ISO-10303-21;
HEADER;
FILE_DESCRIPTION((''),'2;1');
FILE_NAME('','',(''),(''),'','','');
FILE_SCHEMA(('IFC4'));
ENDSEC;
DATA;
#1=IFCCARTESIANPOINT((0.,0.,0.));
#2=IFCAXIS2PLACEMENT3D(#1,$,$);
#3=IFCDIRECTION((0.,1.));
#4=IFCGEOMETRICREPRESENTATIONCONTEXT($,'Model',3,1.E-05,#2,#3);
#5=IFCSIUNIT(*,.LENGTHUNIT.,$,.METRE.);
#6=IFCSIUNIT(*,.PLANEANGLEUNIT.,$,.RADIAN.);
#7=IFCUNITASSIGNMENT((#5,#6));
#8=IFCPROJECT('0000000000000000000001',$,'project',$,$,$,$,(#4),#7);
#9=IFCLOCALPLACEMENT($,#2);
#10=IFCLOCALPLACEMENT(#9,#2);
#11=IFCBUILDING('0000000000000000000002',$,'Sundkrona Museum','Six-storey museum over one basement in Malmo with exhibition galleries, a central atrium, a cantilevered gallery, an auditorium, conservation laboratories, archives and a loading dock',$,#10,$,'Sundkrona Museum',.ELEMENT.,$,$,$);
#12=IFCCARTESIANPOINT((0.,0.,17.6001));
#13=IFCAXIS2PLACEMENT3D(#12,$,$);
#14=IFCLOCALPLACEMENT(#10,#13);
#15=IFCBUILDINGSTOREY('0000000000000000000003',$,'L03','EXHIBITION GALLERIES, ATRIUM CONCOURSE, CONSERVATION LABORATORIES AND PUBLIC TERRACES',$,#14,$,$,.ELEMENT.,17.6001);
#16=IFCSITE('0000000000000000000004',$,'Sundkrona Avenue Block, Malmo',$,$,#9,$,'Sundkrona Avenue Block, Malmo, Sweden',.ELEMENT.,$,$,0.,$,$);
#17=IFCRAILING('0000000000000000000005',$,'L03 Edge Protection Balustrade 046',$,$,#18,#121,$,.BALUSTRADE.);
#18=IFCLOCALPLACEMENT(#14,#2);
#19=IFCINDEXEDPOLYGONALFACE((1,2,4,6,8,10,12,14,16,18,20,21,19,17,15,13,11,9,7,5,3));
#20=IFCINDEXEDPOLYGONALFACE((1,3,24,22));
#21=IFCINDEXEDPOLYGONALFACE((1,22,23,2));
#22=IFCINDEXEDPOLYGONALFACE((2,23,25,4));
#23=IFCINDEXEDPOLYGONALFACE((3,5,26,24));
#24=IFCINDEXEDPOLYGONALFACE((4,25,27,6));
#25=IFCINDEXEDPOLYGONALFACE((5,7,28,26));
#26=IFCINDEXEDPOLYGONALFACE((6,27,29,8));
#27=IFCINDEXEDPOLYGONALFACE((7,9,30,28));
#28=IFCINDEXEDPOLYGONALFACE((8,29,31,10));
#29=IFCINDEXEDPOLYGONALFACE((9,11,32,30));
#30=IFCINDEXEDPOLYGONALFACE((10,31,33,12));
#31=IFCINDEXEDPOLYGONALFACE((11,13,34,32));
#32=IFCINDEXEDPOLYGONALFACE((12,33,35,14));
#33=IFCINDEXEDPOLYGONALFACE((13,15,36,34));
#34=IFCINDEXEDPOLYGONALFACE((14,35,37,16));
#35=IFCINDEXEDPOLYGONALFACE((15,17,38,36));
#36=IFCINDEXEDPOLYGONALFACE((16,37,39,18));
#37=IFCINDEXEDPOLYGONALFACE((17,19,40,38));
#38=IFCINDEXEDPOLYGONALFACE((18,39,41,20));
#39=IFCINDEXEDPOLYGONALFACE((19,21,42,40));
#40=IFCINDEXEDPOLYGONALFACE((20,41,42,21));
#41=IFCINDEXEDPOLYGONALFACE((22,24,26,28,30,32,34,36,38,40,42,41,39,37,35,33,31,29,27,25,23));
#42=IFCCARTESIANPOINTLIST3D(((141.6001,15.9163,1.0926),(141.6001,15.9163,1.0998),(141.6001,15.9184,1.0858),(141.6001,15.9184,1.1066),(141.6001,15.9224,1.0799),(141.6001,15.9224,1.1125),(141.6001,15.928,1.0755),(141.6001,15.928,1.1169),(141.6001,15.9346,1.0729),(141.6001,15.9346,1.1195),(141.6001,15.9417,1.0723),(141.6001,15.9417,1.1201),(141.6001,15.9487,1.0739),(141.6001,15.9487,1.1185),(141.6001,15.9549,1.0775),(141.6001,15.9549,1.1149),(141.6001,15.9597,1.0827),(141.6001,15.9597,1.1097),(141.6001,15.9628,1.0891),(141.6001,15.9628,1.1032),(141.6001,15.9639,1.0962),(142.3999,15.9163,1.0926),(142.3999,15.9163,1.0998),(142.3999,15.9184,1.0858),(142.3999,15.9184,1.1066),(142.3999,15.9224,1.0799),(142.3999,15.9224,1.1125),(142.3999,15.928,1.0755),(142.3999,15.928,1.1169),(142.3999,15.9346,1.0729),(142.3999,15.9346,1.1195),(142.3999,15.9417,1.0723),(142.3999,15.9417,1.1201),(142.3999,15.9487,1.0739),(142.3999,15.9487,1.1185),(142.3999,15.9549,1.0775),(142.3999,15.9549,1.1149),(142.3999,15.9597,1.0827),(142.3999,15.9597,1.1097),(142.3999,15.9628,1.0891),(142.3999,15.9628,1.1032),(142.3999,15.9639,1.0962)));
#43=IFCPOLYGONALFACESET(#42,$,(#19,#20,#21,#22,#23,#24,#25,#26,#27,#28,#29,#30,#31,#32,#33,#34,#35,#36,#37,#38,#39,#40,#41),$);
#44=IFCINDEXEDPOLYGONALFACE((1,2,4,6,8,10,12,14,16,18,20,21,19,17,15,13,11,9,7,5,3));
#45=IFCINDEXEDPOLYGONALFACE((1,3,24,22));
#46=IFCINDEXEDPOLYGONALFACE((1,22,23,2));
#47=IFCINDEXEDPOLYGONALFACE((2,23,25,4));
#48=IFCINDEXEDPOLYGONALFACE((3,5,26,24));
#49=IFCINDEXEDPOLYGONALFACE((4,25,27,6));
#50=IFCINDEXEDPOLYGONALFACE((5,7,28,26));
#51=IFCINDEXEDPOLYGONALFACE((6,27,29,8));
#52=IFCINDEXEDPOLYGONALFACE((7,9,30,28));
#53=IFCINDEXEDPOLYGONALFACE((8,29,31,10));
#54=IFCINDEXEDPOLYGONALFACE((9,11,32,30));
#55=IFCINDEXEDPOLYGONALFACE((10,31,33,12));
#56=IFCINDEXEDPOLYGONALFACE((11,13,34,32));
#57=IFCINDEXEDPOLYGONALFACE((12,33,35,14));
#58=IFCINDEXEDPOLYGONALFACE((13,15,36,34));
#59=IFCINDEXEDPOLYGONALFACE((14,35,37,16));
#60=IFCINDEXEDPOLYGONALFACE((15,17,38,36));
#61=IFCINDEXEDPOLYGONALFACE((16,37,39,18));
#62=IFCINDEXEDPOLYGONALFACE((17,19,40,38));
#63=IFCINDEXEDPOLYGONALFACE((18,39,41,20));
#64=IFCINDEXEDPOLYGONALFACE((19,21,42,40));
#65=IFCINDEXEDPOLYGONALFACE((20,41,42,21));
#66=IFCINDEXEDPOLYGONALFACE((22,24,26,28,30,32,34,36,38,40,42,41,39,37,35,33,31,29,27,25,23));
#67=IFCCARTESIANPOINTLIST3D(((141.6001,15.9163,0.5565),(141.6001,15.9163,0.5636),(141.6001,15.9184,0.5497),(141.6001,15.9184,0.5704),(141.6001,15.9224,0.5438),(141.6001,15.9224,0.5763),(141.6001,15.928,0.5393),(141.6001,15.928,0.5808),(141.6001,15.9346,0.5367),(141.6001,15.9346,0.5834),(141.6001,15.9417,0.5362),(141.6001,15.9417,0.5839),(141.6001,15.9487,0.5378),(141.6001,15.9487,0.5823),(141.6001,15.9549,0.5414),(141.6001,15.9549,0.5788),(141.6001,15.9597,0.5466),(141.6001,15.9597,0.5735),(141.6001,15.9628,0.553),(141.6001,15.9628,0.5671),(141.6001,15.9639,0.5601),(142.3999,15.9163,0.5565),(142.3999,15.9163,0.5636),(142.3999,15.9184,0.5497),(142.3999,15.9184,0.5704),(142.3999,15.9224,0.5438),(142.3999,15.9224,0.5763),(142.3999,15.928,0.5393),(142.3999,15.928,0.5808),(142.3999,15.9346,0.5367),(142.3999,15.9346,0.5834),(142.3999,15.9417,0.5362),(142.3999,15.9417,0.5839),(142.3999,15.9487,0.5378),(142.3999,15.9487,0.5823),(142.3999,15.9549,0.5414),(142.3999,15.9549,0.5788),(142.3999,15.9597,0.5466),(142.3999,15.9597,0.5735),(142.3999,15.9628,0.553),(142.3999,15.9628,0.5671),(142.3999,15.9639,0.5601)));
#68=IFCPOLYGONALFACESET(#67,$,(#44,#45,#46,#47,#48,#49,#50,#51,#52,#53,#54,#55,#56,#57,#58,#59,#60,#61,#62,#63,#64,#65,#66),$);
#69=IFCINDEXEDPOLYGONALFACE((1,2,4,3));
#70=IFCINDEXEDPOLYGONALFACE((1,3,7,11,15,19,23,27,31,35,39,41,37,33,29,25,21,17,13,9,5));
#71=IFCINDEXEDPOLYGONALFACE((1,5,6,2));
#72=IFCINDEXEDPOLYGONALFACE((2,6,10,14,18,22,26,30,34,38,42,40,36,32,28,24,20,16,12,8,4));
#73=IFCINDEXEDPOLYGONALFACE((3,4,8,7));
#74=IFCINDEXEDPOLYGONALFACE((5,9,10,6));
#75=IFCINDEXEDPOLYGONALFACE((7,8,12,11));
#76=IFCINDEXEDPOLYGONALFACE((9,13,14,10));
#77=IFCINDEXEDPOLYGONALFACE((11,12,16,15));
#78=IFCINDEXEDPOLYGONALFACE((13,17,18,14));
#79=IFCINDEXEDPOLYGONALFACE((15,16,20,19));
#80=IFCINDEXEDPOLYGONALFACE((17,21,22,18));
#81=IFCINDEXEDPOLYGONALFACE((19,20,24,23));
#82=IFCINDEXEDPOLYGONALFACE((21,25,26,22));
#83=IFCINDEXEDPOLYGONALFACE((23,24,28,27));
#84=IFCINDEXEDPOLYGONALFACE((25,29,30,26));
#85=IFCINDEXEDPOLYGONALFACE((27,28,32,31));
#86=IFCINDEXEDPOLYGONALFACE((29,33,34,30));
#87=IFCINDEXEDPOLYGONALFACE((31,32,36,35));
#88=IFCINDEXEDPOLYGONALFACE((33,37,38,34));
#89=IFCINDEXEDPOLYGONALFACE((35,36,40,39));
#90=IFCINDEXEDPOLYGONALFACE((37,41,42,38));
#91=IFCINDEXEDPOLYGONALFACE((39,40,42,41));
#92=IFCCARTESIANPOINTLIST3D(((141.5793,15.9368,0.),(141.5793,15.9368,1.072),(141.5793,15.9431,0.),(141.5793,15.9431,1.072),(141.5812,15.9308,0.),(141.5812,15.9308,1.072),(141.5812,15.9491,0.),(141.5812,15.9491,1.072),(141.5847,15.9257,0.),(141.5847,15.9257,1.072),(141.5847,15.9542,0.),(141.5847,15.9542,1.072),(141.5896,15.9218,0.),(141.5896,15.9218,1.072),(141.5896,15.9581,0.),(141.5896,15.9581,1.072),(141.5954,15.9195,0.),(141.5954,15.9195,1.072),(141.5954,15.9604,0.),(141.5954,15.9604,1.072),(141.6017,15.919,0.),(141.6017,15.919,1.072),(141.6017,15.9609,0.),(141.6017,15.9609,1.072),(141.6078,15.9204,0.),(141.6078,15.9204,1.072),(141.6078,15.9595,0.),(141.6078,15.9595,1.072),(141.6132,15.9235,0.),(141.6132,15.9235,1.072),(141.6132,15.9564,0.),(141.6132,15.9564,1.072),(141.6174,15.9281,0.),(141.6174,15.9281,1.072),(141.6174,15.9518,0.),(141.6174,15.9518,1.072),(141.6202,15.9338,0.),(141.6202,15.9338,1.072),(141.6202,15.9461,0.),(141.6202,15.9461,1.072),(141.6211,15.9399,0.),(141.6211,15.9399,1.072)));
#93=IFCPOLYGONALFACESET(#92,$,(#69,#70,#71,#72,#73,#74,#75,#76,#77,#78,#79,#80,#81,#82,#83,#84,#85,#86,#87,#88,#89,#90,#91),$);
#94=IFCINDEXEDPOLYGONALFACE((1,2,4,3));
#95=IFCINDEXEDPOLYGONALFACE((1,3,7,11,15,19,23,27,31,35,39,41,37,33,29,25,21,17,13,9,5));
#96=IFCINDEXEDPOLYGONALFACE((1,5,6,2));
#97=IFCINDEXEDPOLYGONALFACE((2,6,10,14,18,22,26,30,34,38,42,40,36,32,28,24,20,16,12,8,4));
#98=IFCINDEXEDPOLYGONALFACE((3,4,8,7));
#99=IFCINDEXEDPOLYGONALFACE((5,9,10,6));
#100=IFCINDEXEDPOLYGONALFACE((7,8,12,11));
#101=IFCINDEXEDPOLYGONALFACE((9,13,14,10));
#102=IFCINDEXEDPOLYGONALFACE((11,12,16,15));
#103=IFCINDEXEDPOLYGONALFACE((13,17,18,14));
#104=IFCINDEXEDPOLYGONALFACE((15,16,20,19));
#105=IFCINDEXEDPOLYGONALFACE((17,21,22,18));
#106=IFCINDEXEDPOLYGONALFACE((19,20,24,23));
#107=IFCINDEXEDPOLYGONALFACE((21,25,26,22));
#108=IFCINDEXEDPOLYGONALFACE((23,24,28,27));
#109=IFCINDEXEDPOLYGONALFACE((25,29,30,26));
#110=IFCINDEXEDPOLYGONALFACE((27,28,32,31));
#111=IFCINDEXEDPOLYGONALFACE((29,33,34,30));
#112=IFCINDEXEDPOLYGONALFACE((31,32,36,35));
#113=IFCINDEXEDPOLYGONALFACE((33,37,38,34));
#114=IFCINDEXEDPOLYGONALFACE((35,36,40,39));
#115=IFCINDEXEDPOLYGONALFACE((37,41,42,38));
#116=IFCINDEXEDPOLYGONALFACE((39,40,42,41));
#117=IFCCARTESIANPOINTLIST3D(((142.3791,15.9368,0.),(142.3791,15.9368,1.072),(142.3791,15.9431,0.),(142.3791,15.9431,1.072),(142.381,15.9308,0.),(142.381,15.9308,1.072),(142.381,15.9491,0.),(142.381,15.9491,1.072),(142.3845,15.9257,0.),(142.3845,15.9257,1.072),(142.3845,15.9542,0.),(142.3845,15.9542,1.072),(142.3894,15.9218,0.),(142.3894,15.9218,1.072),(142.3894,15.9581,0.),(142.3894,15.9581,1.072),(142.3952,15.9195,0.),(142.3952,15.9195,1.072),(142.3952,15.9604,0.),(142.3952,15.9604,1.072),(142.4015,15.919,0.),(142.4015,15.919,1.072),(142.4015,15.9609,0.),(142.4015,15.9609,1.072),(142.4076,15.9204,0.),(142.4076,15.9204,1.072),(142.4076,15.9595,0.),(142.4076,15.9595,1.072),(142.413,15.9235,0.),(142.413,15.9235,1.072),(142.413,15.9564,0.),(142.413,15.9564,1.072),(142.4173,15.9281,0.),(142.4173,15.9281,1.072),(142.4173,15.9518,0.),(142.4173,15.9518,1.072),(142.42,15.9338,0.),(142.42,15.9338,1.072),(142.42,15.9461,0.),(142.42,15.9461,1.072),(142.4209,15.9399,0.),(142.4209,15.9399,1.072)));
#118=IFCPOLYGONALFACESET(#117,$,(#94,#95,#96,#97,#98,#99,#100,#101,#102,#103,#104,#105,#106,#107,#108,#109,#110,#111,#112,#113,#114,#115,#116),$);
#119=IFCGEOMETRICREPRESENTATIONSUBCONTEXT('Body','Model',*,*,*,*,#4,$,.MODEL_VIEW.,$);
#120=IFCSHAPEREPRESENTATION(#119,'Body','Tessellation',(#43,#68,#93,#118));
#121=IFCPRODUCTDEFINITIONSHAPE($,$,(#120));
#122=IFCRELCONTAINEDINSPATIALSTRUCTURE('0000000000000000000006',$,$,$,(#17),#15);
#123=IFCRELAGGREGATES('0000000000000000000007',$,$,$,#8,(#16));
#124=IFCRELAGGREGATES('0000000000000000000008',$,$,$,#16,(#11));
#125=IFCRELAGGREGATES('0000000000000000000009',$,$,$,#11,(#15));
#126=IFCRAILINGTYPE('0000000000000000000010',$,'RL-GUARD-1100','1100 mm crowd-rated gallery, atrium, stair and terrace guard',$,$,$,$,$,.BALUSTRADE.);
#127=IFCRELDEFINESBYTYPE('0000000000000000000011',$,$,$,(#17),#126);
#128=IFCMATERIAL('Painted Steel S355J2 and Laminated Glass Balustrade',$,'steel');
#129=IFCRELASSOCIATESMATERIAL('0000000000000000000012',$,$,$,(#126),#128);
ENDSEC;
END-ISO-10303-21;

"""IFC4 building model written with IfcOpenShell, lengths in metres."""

from ifc_helpers import new_model, si_unit, direction, frame, origin, origin_2d, place, context, subcontext, project, spatial, circle, extrude, material, type_object, element, save


model = new_model("IFC4")

# Units and contexts
model_context = context("Model", 3, precision=1e-05, world=origin(), true_north=direction((0.0, 1.0)))
body_context = subcontext(model_context, "Body", "Model", "MODEL_VIEW")
ifc_project = project(units=[si_unit("LENGTHUNIT", "METRE"), si_unit("PLANEANGLEUNIT", "RADIAN")], contexts=[model_context])

# Site, building, storey
site_placement = place(None, origin())
site = spatial("IfcSite", under=ifc_project, at=site_placement, Name="Sundkrona Avenue Block, Malmo", LongName="Sundkrona Avenue Block, Malmo, Sweden", CompositionType="ELEMENT", RefElevation=0.0)
building_placement = place(site_placement, origin())
building = spatial("IfcBuilding", under=site, at=building_placement, Name="Sundkrona Museum", Description="Six-storey museum over one basement in Malmo with exhibition galleries, a central atrium, a cantilevered gallery, an auditorium, conservation laboratories, archives and a loading dock", LongName="Sundkrona Museum", CompositionType="ELEMENT")
storey_placement = place(building_placement, frame((0.0, 0.0, 17.6001)))
storey = spatial("IfcBuildingStorey", under=building, at=storey_placement, Name="L03", Description="EXHIBITION GALLERIES, ATRIUM CONCOURSE, CONSERVATION LABORATORIES AND PUBLIC TERRACES", CompositionType="ELEMENT", Elevation=17.6001)

# Railing
ifc_material_1 = material(Name="Painted Steel S355J2 and Laminated Glass Balustrade", Category="steel")
railing_type = type_object("IfcRailingType", Name="RL-GUARD-1100", Description="1100 mm crowd-rated gallery, atrium, stair and terrace guard", PredefinedType="BALUSTRADE", material=ifc_material_1)
railing_1_placement = place(storey_placement, frame((141.6001, 15.9399, 0.0)))
element("IfcRailing", 1, at=railing_1_placement, inside=storey, type_object=railing_type, Name="L03 Edge Protection Balustrade 046", PredefinedType="BALUSTRADE", context=body_context, shape_type="SweptSolid", body=[
    extrude(circle(Radius=0.0239, at=origin_2d()), frame((0.0, 0.0, 1.0962), z_axis=(1.0, 0.0, 0.0), x_axis=(0.0, 1.0, 0.0)), (0.0, 0.0, 1.0), 0.7998),
    extrude(circle(Radius=0.0239, at=origin_2d()), frame((0.0, 0.0, 0.5601), z_axis=(1.0, 0.0, 0.0), x_axis=(0.0, 1.0, 0.0)), (0.0, 0.0, 1.0), 0.7998),
    extrude(circle(Radius=0.021, at=origin_2d()), origin(), (0.0, 0.0, 1.0), 1.072),
    extrude(circle(Radius=0.021, at=origin_2d()), frame((0.7998, 0.0, 0.0)), (0.0, 0.0, 1.0), 1.072),
])

save(model, "model.ifc")
